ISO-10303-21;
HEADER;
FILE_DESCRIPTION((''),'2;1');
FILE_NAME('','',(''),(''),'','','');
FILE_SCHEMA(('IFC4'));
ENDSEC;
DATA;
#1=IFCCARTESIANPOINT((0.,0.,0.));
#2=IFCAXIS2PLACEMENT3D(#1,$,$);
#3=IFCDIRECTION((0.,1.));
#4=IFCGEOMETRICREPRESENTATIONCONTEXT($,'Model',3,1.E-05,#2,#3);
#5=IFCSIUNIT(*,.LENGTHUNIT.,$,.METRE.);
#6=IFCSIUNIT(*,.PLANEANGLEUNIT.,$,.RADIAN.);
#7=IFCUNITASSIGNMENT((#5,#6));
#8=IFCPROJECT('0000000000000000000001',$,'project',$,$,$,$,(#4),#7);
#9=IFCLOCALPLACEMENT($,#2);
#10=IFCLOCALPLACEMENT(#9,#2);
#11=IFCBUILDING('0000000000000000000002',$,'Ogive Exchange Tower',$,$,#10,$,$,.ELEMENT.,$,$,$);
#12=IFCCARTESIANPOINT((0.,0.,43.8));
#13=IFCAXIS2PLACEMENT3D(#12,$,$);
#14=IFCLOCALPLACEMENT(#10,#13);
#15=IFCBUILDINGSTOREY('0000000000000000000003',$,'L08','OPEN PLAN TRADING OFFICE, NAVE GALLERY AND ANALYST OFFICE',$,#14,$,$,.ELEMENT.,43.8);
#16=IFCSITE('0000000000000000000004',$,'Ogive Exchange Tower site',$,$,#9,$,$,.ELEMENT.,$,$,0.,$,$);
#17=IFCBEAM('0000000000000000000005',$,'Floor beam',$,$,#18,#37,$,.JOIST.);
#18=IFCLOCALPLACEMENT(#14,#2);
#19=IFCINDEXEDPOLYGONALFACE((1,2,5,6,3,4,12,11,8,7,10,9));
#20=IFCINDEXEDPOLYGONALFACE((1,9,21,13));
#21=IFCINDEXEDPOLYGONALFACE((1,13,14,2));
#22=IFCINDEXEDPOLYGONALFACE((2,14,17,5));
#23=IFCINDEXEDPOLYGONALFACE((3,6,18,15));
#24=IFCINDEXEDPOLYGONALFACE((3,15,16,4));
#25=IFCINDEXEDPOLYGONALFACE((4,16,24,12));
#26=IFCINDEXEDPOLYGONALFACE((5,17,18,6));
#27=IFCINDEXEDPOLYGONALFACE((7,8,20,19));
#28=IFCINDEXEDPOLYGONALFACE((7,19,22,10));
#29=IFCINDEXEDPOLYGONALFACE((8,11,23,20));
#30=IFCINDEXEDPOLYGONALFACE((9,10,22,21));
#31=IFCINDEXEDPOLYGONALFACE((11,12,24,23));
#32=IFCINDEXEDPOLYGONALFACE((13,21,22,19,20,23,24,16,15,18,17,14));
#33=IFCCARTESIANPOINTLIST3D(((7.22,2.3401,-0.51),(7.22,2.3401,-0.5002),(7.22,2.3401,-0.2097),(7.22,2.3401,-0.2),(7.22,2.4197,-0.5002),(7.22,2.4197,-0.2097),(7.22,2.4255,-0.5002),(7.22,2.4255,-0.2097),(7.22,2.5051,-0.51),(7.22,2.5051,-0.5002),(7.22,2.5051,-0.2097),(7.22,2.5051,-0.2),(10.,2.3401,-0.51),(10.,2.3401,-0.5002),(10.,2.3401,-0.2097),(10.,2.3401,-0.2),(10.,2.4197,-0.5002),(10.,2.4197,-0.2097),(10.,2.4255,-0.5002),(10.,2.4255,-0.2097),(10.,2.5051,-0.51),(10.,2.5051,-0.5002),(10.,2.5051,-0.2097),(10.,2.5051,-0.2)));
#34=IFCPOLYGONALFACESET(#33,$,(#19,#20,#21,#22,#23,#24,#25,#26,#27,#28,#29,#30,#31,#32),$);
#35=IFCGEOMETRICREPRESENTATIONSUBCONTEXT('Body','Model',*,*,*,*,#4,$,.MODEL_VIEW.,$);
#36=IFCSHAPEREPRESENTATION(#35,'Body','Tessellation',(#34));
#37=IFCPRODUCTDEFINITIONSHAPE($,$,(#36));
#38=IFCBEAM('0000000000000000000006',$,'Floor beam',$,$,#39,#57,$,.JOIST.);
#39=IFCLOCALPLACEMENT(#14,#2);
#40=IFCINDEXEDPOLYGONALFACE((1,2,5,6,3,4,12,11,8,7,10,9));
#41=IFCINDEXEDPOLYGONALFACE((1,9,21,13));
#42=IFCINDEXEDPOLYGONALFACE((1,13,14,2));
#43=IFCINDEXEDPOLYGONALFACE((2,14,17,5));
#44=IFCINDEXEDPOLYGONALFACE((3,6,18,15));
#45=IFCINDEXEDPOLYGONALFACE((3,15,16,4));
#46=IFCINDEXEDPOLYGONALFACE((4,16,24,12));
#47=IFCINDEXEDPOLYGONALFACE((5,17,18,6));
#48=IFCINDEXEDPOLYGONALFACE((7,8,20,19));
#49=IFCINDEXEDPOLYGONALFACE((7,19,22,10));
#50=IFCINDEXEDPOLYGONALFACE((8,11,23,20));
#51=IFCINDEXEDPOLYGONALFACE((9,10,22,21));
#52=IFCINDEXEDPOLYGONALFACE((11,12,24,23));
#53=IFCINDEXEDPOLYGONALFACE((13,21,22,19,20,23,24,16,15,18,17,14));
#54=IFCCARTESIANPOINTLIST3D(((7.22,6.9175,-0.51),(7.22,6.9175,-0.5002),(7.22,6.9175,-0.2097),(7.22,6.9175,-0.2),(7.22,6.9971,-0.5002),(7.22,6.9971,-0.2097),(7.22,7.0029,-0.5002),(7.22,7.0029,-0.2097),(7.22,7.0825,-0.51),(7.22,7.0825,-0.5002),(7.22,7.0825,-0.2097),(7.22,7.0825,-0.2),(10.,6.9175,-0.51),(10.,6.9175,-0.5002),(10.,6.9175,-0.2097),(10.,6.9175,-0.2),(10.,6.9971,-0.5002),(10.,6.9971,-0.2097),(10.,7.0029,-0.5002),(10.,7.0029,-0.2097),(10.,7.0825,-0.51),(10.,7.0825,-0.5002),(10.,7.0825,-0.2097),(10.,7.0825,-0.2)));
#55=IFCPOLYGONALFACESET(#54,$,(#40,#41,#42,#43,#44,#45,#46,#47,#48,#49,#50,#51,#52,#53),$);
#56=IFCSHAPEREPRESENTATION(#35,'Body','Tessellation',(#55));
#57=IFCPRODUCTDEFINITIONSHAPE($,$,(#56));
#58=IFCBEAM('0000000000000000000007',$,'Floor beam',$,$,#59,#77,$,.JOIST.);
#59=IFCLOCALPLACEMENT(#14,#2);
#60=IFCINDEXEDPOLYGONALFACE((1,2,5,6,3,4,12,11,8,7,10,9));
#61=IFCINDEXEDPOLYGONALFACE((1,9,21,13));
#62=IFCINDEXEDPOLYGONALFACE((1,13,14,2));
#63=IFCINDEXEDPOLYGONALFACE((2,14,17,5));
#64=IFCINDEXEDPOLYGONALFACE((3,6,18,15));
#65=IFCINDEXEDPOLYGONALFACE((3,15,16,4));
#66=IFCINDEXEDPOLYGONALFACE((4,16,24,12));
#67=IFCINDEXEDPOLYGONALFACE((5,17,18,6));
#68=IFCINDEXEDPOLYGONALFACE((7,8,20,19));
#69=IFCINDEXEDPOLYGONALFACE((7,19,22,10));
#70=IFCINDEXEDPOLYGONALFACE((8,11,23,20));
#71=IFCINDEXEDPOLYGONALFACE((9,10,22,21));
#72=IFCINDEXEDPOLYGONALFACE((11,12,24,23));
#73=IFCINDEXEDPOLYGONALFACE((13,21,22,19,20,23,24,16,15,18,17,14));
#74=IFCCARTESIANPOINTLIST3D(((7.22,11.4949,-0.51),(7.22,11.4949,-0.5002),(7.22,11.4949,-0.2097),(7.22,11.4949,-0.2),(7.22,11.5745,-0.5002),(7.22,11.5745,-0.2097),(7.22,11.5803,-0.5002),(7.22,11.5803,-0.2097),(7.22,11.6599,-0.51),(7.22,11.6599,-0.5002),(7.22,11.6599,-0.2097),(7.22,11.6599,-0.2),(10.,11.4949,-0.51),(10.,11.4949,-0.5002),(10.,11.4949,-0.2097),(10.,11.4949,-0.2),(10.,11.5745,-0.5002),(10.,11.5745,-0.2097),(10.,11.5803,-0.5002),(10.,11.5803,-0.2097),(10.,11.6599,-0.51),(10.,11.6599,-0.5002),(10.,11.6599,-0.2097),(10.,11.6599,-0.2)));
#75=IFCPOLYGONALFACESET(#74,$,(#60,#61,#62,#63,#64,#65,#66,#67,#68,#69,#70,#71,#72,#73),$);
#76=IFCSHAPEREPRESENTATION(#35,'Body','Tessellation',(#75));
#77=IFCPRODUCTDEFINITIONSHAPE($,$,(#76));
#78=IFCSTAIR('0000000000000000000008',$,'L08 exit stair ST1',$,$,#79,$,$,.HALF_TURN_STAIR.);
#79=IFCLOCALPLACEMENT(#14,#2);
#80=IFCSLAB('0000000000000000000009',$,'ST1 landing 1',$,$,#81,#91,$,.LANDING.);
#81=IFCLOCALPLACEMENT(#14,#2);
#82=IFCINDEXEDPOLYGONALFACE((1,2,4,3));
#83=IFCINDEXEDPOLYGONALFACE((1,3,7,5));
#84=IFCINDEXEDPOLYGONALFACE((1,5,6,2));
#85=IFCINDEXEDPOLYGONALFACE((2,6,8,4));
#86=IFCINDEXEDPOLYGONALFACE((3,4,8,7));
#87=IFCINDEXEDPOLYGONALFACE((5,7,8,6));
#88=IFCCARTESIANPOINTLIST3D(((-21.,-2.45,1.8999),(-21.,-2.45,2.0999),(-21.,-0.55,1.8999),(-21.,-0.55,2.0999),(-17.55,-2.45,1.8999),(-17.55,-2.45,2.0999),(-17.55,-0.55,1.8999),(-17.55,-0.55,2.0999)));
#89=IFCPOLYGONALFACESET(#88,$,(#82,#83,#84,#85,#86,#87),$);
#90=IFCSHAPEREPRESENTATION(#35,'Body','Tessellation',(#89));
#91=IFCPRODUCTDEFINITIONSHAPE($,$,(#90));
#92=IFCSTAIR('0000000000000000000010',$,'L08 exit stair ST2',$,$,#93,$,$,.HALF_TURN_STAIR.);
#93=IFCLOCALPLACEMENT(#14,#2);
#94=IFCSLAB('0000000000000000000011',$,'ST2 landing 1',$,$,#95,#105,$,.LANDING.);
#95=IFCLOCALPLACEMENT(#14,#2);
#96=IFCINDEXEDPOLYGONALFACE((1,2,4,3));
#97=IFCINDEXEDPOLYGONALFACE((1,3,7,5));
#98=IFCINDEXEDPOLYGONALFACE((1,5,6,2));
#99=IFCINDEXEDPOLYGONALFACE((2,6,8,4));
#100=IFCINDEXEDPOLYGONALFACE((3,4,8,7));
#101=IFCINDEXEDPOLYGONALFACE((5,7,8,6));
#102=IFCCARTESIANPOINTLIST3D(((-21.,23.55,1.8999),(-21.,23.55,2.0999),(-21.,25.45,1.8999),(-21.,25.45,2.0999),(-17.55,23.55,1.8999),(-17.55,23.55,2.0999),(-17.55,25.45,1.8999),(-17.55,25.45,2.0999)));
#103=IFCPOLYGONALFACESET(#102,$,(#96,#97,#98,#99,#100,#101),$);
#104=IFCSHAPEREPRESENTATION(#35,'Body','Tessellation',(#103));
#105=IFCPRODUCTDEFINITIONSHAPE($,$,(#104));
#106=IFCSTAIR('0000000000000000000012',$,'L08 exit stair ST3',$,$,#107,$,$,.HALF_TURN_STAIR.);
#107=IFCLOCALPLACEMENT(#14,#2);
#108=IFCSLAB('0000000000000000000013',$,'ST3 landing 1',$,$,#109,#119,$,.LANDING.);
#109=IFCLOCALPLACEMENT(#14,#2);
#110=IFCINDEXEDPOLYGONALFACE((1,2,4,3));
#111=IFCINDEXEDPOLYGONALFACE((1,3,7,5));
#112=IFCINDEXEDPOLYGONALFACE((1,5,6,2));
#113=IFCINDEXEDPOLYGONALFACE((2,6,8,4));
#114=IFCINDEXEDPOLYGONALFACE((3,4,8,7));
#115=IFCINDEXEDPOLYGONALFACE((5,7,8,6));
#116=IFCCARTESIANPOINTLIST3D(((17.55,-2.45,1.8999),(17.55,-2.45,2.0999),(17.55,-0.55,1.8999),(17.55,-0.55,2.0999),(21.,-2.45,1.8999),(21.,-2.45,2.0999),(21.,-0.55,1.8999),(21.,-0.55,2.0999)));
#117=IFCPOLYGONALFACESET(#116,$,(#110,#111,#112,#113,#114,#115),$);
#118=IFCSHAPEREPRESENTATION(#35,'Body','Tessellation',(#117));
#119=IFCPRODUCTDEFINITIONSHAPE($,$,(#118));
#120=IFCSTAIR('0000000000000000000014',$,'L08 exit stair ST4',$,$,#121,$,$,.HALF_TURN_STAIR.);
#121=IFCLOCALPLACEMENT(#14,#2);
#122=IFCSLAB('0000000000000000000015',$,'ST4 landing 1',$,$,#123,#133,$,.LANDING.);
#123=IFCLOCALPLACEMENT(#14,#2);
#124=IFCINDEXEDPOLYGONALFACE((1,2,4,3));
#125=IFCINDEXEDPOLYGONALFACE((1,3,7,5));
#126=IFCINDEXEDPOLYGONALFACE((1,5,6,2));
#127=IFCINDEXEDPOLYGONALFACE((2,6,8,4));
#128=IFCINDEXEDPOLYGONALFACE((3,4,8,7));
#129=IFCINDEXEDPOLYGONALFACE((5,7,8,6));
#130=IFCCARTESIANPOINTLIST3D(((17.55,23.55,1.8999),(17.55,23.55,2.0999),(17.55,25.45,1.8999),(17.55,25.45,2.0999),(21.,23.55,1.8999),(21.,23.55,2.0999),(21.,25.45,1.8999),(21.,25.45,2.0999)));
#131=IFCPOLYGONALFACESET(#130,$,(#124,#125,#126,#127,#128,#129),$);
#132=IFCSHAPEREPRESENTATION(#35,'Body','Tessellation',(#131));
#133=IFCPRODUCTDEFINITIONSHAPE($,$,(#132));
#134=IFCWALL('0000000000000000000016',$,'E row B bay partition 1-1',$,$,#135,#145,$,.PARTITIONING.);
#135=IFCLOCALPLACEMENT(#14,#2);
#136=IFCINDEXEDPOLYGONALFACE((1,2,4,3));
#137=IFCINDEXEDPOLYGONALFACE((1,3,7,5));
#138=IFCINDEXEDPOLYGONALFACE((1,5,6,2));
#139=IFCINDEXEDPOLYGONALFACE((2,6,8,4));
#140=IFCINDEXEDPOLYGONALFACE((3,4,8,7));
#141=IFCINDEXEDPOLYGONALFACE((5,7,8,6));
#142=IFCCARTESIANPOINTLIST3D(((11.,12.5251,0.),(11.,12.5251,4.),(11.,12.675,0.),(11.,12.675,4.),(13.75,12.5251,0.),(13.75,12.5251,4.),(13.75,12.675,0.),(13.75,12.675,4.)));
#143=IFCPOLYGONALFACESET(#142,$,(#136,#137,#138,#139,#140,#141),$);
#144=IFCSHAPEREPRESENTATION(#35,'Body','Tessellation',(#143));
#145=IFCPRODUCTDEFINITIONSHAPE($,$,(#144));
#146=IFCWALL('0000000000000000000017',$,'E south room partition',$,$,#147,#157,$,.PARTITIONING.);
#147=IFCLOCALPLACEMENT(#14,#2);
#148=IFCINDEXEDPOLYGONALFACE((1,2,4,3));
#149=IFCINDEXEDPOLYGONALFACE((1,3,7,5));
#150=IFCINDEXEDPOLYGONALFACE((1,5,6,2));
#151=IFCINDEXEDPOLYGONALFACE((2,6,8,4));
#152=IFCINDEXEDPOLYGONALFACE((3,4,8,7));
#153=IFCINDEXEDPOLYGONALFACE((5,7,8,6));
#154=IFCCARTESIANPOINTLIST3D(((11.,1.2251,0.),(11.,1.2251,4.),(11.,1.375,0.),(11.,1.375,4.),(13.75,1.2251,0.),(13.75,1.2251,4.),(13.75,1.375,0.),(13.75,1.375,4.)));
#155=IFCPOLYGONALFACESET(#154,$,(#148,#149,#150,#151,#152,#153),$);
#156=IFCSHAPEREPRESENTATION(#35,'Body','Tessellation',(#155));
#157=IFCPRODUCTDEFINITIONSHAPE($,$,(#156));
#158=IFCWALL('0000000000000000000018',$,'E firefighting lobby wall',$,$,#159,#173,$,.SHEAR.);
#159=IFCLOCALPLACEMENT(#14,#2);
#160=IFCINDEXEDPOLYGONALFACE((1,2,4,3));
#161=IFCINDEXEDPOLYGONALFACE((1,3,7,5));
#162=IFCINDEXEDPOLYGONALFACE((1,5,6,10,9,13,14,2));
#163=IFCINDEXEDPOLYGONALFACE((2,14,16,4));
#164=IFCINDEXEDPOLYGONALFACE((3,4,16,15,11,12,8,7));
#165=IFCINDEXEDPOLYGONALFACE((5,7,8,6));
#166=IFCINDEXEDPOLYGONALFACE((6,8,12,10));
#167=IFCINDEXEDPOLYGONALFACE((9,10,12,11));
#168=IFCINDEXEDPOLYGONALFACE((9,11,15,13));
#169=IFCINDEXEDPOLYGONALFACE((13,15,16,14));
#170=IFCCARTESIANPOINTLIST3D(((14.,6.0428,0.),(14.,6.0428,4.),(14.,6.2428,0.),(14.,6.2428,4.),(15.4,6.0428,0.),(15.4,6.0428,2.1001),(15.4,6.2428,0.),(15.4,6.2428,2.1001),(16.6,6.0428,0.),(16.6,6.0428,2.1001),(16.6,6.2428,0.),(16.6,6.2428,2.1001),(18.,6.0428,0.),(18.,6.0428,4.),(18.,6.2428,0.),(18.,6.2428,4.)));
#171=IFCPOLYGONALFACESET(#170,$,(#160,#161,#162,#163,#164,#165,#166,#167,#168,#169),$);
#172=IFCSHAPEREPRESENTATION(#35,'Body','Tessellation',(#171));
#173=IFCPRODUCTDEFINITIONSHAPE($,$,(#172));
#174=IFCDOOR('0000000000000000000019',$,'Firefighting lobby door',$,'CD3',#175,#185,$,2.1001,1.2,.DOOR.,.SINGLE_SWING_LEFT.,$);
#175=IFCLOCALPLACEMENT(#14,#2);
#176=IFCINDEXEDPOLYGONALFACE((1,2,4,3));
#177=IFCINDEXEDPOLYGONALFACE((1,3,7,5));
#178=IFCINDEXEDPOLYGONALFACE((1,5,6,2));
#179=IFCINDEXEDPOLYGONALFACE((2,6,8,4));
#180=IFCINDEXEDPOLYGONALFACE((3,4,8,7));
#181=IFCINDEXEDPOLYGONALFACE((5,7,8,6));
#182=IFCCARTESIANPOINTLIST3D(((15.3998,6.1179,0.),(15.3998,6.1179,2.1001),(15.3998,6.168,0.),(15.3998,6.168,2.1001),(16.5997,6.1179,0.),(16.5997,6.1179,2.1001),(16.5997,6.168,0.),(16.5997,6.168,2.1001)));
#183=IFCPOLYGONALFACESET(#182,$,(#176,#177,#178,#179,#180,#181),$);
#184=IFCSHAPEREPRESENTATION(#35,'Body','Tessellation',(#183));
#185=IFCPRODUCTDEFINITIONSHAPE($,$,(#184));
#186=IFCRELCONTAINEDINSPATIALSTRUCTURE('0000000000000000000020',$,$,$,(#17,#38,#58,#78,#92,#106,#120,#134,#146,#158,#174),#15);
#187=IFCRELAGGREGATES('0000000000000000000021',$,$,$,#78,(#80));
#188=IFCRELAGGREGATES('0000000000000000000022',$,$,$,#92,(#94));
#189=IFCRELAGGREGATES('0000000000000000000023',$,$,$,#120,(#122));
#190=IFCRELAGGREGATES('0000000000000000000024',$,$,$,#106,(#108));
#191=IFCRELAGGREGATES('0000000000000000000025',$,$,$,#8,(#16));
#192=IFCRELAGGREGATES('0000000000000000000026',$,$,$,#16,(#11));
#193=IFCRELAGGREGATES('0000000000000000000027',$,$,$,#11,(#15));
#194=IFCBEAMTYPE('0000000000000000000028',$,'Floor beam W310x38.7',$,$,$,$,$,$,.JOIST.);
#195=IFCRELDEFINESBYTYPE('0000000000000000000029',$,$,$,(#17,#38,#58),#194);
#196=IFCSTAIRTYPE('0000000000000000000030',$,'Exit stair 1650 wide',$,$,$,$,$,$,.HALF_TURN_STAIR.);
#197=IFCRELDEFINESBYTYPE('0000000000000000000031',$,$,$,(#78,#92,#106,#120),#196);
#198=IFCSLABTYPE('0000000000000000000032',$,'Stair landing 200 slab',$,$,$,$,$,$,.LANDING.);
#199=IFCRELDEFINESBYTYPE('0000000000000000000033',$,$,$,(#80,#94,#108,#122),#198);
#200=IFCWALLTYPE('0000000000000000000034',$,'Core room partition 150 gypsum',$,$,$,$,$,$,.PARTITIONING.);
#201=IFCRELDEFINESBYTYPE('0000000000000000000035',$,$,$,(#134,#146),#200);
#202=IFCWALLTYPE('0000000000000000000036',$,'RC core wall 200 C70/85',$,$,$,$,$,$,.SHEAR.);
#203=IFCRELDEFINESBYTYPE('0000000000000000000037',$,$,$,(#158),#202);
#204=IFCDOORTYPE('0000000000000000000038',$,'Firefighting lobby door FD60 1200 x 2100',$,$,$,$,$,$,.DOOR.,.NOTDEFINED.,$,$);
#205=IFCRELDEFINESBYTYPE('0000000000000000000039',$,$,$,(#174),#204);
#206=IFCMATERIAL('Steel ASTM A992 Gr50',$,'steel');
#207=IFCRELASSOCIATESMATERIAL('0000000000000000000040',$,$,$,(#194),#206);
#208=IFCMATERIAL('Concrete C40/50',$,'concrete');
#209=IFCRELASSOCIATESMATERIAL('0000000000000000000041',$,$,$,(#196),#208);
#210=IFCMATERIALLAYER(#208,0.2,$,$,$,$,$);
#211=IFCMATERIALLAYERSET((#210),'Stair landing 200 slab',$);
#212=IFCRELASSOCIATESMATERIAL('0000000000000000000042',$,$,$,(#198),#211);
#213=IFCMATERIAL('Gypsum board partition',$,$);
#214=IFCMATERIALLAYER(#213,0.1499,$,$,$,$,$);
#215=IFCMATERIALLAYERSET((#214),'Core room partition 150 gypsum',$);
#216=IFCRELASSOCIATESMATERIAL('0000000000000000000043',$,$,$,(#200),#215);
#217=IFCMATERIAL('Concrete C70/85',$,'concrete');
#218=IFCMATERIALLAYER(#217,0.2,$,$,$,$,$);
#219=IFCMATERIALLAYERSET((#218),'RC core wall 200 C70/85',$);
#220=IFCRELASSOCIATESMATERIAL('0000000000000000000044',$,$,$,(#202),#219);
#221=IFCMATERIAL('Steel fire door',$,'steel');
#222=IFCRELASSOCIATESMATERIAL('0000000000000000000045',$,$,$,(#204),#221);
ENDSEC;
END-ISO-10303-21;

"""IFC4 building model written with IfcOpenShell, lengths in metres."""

from ifc_helpers import new_model, si_unit, direction, frame, frame_2d, origin, origin_2d, place, context, subcontext, project, spatial, polyline, rectangle, i_section, outline, extrude, material, layer, layer_set, material_profile, profile_set, type_object, element, fill, aggregate, save


model = new_model("IFC4")

# Units and contexts
model_context = context("Model", 3, precision=1e-05, world=origin(), true_north=direction((0.0, 1.0)))
body_context = subcontext(model_context, "Body", "Model", "MODEL_VIEW")
ifc_project = project(units=[si_unit("LENGTHUNIT", "METRE"), si_unit("PLANEANGLEUNIT", "RADIAN")], contexts=[model_context])

# Site, building, storey
site_placement = place(None, origin())
site = spatial("IfcSite", under=ifc_project, at=site_placement, Name="Ogive Exchange Tower site", CompositionType="ELEMENT", RefElevation=0.0)
building_placement = place(site_placement, origin())
building = spatial("IfcBuilding", under=site, at=building_placement, Name="Ogive Exchange Tower", CompositionType="ELEMENT")
storey_placement = place(building_placement, frame((0.0, 0.0, 43.8)))
storey = spatial("IfcBuildingStorey", under=building, at=storey_placement, Name="L08", Description="OPEN PLAN TRADING OFFICE, NAVE GALLERY AND ANALYST OFFICE", CompositionType="ELEMENT", Elevation=43.8)

# Beams
ifc_material_1 = material(Name="Steel ASTM A992 Gr50", Category="steel")
ifc_material_profile = material_profile(ifc_material_1, i_section(OverallWidth=0.165, OverallDepth=0.3101, WebThickness=0.0059, FlangeThickness=0.0098, at=origin_2d()), Name="W310x38.7")
ifc_profile_set = profile_set([ifc_material_profile], Name="Steel ASTM A992 Gr50")
beam_type = type_object("IfcBeamType", Name="Floor beam W310x38.7", PredefinedType="JOIST", material=ifc_profile_set)
for number, where, z_axis, x_axis, name in (
    (1, (7.22, 2.4226, -0.355), (1.0, 0.0, 0.0), (0.0, 1.0, 0.0), "Floor beam"),
    (2, (7.22, 7.0, -0.355), (1.0, 0.0, 0.0), (0.0, 1.0, 0.0), "Floor beam"),
    (3, (7.22, 11.5774, -0.355), (1.0, 0.0, 0.0), (0.0, 1.0, 0.0), "Floor beam"),
):
    element("IfcBeam", number, at=place(storey_placement, frame(where, z_axis=z_axis, x_axis=x_axis)), inside=storey, type_object=beam_type, Name=name, PredefinedType="JOIST", context=body_context, shape_type="SweptSolid", body=[
        extrude(i_section(OverallWidth=0.165, OverallDepth=0.3101, WebThickness=0.0059, FlangeThickness=0.0098, at=origin_2d()), origin(), (0.0, 0.0, 1.0), 2.78),
    ])

# Stairs, slabs
ifc_material_2 = material(Name="Concrete C40/50", Category="concrete")
stair_type = type_object("IfcStairType", Name="Exit stair 1650 wide", PredefinedType="HALF_TURN_STAIR", material=ifc_material_2)
stair_1_placement = place(storey_placement, origin())
stair_1 = element("IfcStair", 4, at=stair_1_placement, inside=storey, type_object=stair_type, Name="L08 exit stair ST1", PredefinedType="HALF_TURN_STAIR")
ifc_layer_1 = layer(ifc_material_2, 0.2)
ifc_layer_set_1 = layer_set([ifc_layer_1], Name="Stair landing 200 slab")
slab_type = type_object("IfcSlabType", Name="Stair landing 200 slab", PredefinedType="LANDING", material=ifc_layer_set_1)
slab_1_placement = place(storey_placement, frame((0.0, 0.0, 1.8999)))
slab_1 = element("IfcSlab", 5, at=slab_1_placement, type_object=slab_type, Name="ST1 landing 1", PredefinedType="LANDING", context=body_context, shape_type="SweptSolid", body=[
    extrude(outline(polyline([(-21.0, -0.55), (-21.0, -2.45), (-17.55, -2.45), (-17.55, -0.55), (-21.0, -0.55)])), origin(), (0.0, 0.0, 1.0), 0.2),
])
aggregate(stair_1, [slab_1])
stair_2_placement = place(storey_placement, origin())
stair_2 = element("IfcStair", 6, at=stair_2_placement, inside=storey, type_object=stair_type, Name="L08 exit stair ST2", PredefinedType="HALF_TURN_STAIR")
slab_2_placement = place(storey_placement, frame((0.0, 0.0, 1.8999)))
slab_2 = element("IfcSlab", 7, at=slab_2_placement, type_object=slab_type, Name="ST2 landing 1", PredefinedType="LANDING", context=body_context, shape_type="SweptSolid", body=[
    extrude(outline(polyline([(-17.55, 23.55), (-17.55, 25.45), (-21.0, 25.45), (-21.0, 23.55), (-17.55, 23.55)])), origin(), (0.0, 0.0, 1.0), 0.2),
])
aggregate(stair_2, [slab_2])
stair_3_placement = place(storey_placement, origin())
stair_3 = element("IfcStair", 8, at=stair_3_placement, inside=storey, type_object=stair_type, Name="L08 exit stair ST3", PredefinedType="HALF_TURN_STAIR")
slab_3_placement = place(storey_placement, frame((0.0, 0.0, 1.8999)))
slab_3 = element("IfcSlab", 9, at=slab_3_placement, type_object=slab_type, Name="ST3 landing 1", PredefinedType="LANDING", context=body_context, shape_type="SweptSolid", body=[
    extrude(outline(polyline([(17.55, -0.55), (17.55, -2.45), (21.0, -2.45), (21.0, -0.55), (17.55, -0.55)])), origin(), (0.0, 0.0, 1.0), 0.2),
])
stair_4_placement = place(storey_placement, origin())
stair_4 = element("IfcStair", 10, at=stair_4_placement, inside=storey, type_object=stair_type, Name="L08 exit stair ST4", PredefinedType="HALF_TURN_STAIR")
slab_4_placement = place(storey_placement, frame((0.0, 0.0, 1.8999)))
slab_4 = element("IfcSlab", 11, at=slab_4_placement, type_object=slab_type, Name="ST4 landing 1", PredefinedType="LANDING", context=body_context, shape_type="SweptSolid", body=[
    extrude(outline(polyline([(21.0, 23.55), (21.0, 25.45), (17.55, 25.45), (17.55, 23.55), (21.0, 23.55)])), origin(), (0.0, 0.0, 1.0), 0.2),
])
aggregate(stair_4, [slab_4])

# Walls
ifc_material_3 = material(Name="Gypsum board partition")
ifc_layer_2 = layer(ifc_material_3, 0.1499)
ifc_layer_set_2 = layer_set([ifc_layer_2], Name="Core room partition 150 gypsum")
wall_type_1 = type_object("IfcWallType", Name="Core room partition 150 gypsum", PredefinedType="PARTITIONING", material=ifc_layer_set_2)
for number, where, z_axis, x_axis, name in (
    (12, (11.0, 12.6001, 0.0), (0.0, 0.0, 1.0), (1.0, 0.0, 0.0), "E row B bay partition 1-1"),
    (13, (11.0, 1.3, 0.0), (0.0, 0.0, 1.0), (1.0, 0.0, 0.0), "E south room partition"),
):
    element("IfcWall", number, at=place(storey_placement, frame(where, z_axis=z_axis, x_axis=x_axis)), inside=storey, type_object=wall_type_1, Name=name, PredefinedType="PARTITIONING", context=body_context, shape_type="SweptSolid", body=[
        extrude(rectangle(XDim=2.75, YDim=0.1499, at=frame_2d((1.375, 0.0))), origin(), (0.0, 0.0, 1.0), 4.0),
    ])

# Wall, opening, door
ifc_material_4 = material(Name="Concrete C70/85", Category="concrete")
ifc_layer_3 = layer(ifc_material_4, 0.2)
ifc_layer_set_3 = layer_set([ifc_layer_3], Name="RC core wall 200 C70/85")
wall_type_2 = type_object("IfcWallType", Name="RC core wall 200 C70/85", PredefinedType="SHEAR", material=ifc_layer_set_3)
wall_1_placement = place(storey_placement, frame((14.0, 6.1428, 0.0), z_axis=(0.0, 0.0, 1.0), x_axis=(1.0, 0.0, 0.0)))
wall_1 = element("IfcWall", 14, at=wall_1_placement, inside=storey, type_object=wall_type_2, Name="E firefighting lobby wall", PredefinedType="SHEAR", context=body_context, shape_type="SweptSolid", body=[
    extrude(rectangle(XDim=4.0, YDim=0.2, at=frame_2d((2.0, 0.0))), origin(), (0.0, 0.0, 1.0), 4.0),
])
opening_1_placement = place(wall_1_placement, frame((1.3999, 0.0, 0.0)))
opening_1 = element("IfcOpeningElement", 15, at=opening_1_placement, cuts=wall_1, PredefinedType="OPENING", context=body_context, shape_type="SweptSolid", body=[
    extrude(rectangle(XDim=1.2, YDim=2.1001, at=frame_2d((0.6001, 1.05))), frame((0.0, 0.1099, 0.0), z_axis=(0.0, -1.0, 0.0), x_axis=(1.0, 0.0, 0.0)), (0.0, 0.0, 1.0), 0.22),
])
ifc_material_5 = material(Name="Steel fire door", Category="steel")
door_type_1 = type_object("IfcDoorType", Name="Firefighting lobby door FD60 1200 x 2100", OperationType="NOTDEFINED", PredefinedType="DOOR", material=ifc_material_5)
door_1_placement = place(opening_1_placement, frame((1.2, 0.0, 0.0), z_axis=(0.0, 0.0, 1.0), x_axis=(-1.0, 0.0, 0.0)))
door_1 = element("IfcDoor", 16, at=door_1_placement, inside=storey, type_object=door_type_1, Name="Firefighting lobby door", ObjectType="CD3", OperationType="SINGLE_SWING_LEFT", OverallHeight=2.1001, OverallWidth=1.2, PredefinedType="DOOR", context=body_context, shape_type="SweptSolid", body=[
    extrude(rectangle(XDim=1.2, YDim=2.1001, at=frame_2d((0.6001, 1.05))), frame((0.0, 0.0249, 0.0), z_axis=(0.0, -1.0, 0.0), x_axis=(1.0, 0.0, 0.0)), (0.0, 0.0, 1.0), 0.05),
])
fill(opening_1, door_1)

aggregate(stair_3, [slab_3])

save(model, "model.ifc")
